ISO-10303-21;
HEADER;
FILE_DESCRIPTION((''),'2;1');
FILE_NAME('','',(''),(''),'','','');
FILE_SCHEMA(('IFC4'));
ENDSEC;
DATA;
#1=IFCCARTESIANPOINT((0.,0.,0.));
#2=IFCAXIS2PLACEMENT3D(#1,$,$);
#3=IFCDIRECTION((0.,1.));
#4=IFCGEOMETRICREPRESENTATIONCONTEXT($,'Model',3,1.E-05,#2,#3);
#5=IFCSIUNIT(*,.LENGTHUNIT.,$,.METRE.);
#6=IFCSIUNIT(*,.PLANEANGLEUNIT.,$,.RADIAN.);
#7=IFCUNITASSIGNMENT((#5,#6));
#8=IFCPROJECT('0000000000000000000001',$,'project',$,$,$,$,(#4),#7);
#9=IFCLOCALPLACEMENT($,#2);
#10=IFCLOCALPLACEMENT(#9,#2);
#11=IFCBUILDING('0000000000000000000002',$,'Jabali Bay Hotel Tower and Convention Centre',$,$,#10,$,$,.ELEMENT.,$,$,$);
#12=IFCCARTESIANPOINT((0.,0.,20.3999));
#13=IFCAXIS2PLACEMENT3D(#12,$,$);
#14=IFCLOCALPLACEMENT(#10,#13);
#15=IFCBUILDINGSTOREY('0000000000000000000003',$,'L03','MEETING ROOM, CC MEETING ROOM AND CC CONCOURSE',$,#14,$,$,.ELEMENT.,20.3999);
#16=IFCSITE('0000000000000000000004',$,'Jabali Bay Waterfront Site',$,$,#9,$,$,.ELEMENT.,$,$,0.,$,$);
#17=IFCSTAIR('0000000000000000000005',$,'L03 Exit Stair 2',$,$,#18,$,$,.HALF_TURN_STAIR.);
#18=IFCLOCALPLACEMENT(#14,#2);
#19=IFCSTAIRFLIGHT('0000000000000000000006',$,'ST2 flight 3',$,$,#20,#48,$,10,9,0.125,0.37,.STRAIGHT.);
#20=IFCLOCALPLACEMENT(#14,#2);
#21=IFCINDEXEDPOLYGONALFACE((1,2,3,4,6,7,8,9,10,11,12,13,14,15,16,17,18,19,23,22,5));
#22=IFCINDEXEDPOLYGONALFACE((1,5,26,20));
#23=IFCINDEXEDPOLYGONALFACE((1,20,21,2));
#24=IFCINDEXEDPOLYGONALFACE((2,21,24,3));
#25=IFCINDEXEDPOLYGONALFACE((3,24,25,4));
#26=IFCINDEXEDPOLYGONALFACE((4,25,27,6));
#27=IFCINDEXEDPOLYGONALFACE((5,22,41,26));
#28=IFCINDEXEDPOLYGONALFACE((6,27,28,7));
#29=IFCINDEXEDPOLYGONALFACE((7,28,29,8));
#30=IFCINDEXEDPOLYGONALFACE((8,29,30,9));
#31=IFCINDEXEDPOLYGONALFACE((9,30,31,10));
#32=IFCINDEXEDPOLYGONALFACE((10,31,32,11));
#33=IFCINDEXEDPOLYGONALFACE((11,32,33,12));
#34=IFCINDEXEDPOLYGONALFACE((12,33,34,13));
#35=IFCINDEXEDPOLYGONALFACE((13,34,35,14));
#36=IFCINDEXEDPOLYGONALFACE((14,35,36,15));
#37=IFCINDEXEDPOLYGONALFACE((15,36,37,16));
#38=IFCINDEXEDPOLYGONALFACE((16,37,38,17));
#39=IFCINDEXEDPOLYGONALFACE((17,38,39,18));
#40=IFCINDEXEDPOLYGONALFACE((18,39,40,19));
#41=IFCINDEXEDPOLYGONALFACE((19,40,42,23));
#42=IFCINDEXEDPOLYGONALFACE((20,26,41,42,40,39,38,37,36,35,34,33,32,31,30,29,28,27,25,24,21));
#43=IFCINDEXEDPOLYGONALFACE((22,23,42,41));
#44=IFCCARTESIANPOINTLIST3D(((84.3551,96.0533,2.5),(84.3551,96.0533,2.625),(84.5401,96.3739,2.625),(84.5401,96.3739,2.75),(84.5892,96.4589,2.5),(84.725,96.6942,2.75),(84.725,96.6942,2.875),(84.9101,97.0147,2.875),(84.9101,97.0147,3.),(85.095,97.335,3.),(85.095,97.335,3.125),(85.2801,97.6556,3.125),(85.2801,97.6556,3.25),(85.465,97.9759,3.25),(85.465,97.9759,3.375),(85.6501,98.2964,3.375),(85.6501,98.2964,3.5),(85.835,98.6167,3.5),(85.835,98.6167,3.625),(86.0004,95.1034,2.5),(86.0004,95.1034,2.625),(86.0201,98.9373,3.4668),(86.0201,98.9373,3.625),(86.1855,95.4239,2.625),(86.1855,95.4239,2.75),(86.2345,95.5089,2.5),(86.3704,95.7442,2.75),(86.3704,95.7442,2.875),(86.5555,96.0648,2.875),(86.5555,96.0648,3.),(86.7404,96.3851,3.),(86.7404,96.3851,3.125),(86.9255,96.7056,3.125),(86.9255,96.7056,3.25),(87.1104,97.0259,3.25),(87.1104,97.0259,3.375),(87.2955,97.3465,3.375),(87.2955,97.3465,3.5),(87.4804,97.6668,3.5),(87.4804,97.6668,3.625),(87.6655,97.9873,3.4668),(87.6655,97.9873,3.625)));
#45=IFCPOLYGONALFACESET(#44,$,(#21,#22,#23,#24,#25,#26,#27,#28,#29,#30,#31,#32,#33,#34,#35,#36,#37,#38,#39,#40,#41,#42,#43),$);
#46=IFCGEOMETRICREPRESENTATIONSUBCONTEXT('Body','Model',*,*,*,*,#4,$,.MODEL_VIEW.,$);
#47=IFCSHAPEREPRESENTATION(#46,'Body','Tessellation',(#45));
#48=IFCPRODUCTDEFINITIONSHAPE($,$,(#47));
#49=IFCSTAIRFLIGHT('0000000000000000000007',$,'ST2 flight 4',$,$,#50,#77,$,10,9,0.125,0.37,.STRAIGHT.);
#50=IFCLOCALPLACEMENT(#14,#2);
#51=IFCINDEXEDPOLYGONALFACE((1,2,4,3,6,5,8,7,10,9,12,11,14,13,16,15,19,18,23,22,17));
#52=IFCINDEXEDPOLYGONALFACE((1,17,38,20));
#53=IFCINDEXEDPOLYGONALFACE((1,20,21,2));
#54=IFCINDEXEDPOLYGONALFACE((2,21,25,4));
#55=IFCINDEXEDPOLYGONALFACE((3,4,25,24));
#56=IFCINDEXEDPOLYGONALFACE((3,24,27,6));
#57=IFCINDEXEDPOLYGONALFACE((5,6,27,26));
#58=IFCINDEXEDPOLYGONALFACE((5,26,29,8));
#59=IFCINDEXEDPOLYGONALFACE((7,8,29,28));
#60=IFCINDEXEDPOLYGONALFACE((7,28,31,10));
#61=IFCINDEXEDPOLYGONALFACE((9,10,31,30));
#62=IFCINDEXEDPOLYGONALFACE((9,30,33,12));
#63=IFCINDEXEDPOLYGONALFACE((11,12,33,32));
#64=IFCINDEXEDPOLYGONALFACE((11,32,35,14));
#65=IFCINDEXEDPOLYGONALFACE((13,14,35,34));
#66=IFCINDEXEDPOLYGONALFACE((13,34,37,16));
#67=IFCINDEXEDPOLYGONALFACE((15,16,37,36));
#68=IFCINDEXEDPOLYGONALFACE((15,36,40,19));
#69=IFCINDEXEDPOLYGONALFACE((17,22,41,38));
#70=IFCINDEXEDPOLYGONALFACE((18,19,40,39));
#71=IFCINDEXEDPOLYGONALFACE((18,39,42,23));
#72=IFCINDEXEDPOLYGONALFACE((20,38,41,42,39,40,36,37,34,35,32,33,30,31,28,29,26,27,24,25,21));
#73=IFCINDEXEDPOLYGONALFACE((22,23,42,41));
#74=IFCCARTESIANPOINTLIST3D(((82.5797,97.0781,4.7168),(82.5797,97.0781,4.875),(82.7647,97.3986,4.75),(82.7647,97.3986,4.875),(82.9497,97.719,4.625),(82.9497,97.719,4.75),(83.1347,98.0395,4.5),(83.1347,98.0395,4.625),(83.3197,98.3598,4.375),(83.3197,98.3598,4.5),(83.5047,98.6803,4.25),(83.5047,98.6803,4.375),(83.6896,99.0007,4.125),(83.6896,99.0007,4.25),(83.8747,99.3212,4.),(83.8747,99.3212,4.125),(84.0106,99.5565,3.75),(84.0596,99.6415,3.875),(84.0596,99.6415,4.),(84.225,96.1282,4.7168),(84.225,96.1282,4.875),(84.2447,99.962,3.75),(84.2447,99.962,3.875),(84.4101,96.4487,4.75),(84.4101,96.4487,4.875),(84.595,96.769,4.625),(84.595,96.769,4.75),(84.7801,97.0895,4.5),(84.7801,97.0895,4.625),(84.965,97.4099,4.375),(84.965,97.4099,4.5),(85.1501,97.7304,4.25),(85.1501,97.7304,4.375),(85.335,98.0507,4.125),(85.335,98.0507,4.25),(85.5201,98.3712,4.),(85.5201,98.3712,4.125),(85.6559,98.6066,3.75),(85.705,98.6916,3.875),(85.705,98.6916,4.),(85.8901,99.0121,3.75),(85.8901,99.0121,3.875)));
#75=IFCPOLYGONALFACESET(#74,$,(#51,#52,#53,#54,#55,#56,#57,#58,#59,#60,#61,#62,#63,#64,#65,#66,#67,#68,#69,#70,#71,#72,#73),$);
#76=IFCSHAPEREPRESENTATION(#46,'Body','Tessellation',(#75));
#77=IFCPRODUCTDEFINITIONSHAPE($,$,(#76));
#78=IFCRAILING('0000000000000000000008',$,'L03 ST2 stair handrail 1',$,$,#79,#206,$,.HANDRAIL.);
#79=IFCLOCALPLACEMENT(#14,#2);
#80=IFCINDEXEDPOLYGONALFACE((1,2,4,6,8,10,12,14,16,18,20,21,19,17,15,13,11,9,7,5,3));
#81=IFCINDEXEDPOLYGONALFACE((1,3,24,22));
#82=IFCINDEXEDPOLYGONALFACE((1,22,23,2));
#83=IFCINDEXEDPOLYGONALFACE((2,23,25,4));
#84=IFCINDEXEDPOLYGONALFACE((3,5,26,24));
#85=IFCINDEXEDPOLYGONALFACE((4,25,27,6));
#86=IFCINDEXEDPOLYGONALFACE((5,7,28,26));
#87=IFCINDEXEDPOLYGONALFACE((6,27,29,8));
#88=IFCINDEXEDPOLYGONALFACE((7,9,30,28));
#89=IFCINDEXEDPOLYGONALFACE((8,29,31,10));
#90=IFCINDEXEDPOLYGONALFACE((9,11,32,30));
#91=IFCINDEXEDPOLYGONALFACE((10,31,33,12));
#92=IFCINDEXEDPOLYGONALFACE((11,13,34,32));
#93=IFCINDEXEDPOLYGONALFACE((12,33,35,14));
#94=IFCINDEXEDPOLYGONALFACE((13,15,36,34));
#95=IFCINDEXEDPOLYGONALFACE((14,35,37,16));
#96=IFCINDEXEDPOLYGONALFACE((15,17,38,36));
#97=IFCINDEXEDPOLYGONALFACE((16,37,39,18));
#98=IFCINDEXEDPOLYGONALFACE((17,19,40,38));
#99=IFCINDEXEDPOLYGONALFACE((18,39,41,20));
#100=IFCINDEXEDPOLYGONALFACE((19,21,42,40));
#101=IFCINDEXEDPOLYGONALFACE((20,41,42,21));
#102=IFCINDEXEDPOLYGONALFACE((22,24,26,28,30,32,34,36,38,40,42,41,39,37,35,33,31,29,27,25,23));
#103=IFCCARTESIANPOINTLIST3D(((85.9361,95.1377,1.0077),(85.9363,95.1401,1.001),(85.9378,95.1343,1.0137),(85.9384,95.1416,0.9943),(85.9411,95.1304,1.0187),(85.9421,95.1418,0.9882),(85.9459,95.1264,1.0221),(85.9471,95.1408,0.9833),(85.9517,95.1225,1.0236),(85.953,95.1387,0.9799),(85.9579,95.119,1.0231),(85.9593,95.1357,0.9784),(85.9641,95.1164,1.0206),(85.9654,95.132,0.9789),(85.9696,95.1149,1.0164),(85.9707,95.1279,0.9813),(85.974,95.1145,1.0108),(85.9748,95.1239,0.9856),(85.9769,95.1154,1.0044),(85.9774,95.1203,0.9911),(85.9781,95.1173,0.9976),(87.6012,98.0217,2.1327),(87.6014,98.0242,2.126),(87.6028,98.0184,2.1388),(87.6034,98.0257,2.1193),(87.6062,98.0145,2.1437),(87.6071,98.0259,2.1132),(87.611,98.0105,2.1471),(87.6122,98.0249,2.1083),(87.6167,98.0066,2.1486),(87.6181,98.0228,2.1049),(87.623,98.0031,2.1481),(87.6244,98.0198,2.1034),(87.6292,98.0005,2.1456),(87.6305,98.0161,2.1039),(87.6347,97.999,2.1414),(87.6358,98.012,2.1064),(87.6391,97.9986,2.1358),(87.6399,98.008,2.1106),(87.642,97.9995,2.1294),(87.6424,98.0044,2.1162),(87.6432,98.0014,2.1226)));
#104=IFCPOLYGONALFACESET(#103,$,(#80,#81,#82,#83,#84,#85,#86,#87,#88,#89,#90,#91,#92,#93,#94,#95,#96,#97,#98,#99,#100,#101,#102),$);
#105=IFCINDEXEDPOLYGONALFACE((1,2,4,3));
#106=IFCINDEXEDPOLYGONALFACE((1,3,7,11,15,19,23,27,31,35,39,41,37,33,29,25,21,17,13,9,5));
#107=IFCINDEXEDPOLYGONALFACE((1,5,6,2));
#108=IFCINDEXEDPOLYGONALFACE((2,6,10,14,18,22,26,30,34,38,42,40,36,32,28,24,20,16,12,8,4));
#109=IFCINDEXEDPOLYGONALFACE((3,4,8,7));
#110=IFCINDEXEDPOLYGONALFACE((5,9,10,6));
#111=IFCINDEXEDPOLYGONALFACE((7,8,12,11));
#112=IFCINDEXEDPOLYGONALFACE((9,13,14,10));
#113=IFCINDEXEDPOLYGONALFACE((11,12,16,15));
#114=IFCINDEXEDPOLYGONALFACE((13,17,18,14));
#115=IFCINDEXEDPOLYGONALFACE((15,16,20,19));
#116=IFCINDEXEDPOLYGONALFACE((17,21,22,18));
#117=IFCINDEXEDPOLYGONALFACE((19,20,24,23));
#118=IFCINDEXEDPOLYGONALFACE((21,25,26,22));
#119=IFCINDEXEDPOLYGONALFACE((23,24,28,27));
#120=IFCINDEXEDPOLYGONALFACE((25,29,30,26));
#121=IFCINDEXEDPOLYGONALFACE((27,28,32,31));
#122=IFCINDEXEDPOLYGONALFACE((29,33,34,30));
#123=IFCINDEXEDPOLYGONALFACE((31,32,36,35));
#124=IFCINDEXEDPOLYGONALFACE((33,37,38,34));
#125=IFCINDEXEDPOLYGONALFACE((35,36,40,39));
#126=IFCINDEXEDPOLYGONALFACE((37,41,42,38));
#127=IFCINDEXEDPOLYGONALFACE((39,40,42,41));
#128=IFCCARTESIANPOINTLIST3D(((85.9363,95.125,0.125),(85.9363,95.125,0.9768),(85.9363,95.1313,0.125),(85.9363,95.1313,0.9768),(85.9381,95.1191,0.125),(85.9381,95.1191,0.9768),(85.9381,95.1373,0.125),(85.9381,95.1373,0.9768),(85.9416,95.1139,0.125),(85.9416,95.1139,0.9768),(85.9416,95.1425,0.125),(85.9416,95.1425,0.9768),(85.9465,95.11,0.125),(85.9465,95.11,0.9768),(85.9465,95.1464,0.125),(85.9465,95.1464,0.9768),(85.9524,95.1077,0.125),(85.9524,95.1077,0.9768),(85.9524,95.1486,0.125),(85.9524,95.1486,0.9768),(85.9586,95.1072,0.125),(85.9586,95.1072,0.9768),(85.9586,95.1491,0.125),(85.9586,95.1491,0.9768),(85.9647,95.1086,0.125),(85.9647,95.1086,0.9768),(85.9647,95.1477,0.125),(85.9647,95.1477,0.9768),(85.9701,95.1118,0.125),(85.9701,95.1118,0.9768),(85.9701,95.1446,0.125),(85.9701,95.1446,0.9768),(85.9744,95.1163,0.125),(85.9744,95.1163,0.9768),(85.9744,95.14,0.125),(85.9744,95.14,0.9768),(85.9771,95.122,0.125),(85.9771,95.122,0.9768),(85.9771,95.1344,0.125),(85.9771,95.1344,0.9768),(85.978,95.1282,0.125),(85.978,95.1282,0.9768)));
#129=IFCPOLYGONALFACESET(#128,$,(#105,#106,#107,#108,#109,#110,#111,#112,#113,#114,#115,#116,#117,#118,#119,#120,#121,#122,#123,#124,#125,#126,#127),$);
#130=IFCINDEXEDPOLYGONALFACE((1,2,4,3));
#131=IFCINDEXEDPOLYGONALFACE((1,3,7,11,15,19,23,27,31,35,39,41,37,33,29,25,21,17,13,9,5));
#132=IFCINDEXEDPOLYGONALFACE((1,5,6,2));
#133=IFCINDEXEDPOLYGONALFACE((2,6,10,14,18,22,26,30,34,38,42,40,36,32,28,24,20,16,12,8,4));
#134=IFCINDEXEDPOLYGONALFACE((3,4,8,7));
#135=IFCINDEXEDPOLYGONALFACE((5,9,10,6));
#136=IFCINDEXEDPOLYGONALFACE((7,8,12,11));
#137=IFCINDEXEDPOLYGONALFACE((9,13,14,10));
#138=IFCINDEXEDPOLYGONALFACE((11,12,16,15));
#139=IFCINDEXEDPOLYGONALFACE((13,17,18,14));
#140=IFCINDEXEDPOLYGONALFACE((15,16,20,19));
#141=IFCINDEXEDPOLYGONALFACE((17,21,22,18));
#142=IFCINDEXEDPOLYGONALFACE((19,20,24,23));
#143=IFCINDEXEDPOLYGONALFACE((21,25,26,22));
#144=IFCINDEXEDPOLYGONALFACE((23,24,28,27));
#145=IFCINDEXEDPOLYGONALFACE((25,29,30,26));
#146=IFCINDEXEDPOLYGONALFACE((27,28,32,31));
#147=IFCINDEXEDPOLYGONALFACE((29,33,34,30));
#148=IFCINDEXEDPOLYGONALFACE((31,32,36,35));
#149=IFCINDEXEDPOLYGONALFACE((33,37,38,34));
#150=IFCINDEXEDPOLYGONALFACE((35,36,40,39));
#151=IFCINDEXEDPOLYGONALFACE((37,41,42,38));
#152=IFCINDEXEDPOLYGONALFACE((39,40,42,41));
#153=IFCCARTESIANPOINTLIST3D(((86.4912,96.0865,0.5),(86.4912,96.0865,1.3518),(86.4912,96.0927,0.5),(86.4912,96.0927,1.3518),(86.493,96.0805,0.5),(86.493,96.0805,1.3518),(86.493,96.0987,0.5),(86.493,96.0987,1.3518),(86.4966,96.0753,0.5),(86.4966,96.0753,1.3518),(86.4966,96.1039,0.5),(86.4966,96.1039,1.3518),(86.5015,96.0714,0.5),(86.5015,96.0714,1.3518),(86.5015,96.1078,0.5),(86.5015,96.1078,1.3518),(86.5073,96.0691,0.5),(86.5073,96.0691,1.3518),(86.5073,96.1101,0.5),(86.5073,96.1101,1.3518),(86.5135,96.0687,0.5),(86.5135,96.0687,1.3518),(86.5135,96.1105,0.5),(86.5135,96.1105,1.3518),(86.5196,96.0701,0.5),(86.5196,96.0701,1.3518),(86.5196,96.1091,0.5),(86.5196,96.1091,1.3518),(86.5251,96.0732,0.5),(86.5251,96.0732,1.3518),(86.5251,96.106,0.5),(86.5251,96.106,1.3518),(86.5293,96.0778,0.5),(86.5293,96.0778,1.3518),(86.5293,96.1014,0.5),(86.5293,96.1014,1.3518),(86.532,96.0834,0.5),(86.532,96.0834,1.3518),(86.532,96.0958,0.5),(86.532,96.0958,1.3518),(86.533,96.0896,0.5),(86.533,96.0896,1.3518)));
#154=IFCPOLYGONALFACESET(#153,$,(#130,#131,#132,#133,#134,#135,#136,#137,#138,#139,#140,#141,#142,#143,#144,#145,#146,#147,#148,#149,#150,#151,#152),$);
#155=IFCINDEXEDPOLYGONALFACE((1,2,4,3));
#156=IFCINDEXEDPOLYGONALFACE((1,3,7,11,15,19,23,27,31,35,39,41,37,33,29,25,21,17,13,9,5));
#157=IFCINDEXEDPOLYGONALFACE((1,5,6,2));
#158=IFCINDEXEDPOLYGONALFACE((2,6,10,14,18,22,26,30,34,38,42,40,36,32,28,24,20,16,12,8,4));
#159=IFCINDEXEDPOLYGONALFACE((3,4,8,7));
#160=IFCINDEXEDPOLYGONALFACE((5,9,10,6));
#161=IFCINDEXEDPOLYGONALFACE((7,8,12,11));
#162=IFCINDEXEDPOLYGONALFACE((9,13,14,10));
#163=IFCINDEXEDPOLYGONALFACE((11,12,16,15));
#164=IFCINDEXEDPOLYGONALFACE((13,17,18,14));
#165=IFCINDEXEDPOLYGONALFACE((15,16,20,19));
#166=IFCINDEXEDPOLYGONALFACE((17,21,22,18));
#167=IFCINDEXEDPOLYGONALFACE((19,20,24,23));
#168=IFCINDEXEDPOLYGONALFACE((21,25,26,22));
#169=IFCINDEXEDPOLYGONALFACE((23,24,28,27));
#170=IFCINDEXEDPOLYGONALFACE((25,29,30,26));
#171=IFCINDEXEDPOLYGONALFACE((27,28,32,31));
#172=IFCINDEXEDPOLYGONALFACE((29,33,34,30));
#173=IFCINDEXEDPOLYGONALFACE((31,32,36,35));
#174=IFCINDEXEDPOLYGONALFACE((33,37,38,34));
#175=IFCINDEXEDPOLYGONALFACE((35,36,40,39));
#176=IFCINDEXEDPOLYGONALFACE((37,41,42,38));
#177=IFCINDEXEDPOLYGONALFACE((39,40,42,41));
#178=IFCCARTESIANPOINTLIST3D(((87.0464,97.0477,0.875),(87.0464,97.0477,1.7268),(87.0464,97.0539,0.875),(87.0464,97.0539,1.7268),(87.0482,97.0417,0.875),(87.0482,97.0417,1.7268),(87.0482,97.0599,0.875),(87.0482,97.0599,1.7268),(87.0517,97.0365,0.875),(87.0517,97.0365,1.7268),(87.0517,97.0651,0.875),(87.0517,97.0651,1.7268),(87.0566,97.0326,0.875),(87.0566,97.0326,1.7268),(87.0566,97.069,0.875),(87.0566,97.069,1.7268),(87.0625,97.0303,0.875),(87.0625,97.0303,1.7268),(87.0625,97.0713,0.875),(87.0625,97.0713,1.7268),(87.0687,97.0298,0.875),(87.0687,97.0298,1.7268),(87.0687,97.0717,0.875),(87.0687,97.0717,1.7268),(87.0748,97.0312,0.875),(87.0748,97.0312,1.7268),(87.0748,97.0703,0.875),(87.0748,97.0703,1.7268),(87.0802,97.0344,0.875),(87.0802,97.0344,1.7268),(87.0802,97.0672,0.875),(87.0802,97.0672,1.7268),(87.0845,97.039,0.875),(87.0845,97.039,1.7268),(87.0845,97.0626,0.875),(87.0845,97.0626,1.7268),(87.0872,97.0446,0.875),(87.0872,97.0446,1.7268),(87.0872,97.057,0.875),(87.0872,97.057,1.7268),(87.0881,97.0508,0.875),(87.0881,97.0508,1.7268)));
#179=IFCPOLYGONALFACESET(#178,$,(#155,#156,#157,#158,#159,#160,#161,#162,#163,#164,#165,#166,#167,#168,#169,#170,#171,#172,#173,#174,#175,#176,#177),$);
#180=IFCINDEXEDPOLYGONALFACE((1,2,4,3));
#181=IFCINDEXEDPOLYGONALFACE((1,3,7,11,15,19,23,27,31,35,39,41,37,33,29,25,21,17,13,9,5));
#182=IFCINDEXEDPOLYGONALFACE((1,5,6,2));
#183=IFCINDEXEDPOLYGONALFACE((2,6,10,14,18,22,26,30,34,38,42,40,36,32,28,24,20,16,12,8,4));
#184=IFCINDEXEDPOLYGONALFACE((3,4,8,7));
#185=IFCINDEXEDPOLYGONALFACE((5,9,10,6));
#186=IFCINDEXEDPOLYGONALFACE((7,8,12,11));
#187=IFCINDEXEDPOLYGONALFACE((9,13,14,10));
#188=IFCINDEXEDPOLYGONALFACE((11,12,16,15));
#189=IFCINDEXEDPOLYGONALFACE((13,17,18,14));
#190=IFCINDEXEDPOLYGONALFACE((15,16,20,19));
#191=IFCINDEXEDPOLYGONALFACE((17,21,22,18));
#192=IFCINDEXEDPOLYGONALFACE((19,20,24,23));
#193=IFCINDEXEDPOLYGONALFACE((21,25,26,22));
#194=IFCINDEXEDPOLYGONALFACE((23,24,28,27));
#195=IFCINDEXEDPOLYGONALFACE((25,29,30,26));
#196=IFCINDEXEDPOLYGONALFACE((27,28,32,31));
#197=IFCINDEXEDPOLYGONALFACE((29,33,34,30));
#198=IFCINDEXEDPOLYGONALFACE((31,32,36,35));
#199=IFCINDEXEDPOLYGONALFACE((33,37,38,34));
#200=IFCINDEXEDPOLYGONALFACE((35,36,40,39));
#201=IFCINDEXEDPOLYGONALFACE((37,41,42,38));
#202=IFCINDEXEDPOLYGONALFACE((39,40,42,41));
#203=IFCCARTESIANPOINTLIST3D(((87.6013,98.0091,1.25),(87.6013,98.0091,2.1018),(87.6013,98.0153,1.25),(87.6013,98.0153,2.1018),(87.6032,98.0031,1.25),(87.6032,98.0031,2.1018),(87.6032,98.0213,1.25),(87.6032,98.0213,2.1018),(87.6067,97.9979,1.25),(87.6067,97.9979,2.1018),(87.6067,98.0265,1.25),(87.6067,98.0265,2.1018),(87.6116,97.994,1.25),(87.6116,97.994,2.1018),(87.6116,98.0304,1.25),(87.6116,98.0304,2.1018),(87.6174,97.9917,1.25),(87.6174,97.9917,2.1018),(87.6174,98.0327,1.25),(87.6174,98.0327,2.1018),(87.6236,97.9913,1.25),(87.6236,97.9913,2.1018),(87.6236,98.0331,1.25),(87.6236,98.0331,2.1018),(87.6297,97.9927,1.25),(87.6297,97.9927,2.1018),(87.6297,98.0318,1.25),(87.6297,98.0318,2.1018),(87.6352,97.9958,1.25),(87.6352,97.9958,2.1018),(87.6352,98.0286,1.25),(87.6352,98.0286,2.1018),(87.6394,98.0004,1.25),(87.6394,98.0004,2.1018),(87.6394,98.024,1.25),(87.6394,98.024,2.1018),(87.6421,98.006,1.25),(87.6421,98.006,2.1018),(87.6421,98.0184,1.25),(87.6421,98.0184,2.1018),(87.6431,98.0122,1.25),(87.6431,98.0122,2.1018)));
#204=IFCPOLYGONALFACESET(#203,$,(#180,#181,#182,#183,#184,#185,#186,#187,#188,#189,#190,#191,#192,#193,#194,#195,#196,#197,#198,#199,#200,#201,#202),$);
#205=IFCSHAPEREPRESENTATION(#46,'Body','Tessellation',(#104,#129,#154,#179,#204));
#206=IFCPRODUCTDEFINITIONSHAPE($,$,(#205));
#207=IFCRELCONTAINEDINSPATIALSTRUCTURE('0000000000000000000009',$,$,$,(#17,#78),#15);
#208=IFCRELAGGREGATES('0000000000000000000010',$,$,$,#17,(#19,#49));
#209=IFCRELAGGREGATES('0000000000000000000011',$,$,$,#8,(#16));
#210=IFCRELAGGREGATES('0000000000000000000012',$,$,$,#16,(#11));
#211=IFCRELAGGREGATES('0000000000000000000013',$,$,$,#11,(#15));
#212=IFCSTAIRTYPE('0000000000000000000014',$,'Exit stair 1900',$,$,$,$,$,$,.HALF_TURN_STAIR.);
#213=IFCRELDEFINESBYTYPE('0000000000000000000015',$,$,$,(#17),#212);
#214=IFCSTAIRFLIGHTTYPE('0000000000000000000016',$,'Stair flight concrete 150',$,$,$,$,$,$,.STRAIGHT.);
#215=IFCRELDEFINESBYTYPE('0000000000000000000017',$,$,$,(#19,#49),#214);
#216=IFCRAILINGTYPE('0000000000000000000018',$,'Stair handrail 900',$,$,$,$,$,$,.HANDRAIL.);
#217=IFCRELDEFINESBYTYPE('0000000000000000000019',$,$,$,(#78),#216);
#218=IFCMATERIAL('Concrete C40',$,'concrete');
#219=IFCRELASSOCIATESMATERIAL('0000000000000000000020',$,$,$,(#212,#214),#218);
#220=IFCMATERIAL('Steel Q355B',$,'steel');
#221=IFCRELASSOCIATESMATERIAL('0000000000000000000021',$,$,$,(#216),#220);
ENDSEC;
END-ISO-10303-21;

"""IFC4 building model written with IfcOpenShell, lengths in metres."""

from ifc_helpers import new_model, si_unit, direction, frame, origin, origin_2d, place, context, subcontext, project, spatial, polyline, circle, outline, extrude, material, type_object, element, aggregate, save


model = new_model("IFC4")

# Units and contexts
model_context = context("Model", 3, precision=1e-05, world=origin(), true_north=direction((0.0, 1.0)))
body_context = subcontext(model_context, "Body", "Model", "MODEL_VIEW")
ifc_project = project(units=[si_unit("LENGTHUNIT", "METRE"), si_unit("PLANEANGLEUNIT", "RADIAN")], contexts=[model_context])

# Site, building, storey
site_placement = place(None, origin())
site = spatial("IfcSite", under=ifc_project, at=site_placement, Name="Jabali Bay Waterfront Site", CompositionType="ELEMENT", RefElevation=0.0)
building_placement = place(site_placement, origin())
building = spatial("IfcBuilding", under=site, at=building_placement, Name="Jabali Bay Hotel Tower and Convention Centre", CompositionType="ELEMENT")
storey_placement = place(building_placement, frame((0.0, 0.0, 20.3999)))
storey = spatial("IfcBuildingStorey", under=building, at=storey_placement, Name="L03", Description="MEETING ROOM, CC MEETING ROOM AND CC CONCOURSE", CompositionType="ELEMENT", Elevation=20.3999)

# Shared definitions
ifc_material_1 = material(Name="Concrete C40", Category="concrete")

# Stair, stair flights
stair_type = type_object("IfcStairType", Name="Exit stair 1900", PredefinedType="HALF_TURN_STAIR", material=ifc_material_1)
stair_placement = place(storey_placement, origin())
stair = element("IfcStair", 1, at=stair_placement, inside=storey, type_object=stair_type, Name="L03 Exit Stair 2", PredefinedType="HALF_TURN_STAIR")
stair_flight_type = type_object("IfcStairFlightType", Name="Stair flight concrete 150", PredefinedType="STRAIGHT", material=ifc_material_1)
stair_flight_1_placement = place(storey_placement, frame((85.1777, 95.5784, 2.5), z_axis=(0.0, 0.0, 1.0), x_axis=(0.5, 0.866025, 0.0)))
stair_flight_1 = element("IfcStairFlight", 2, at=stair_flight_1_placement, type_object=stair_flight_type, Name="ST2 flight 3", NumberOfRisers=10, NumberOfTreads=9, PredefinedType="STRAIGHT", RiserHeight=0.125, TreadLength=0.37, context=body_context, shape_type="SweptSolid", body=[
    extrude(outline(polyline([(0.0, 0.0), (0.0, 0.125), (0.3701, 0.125), (0.3701, 0.25), (0.74, 0.25), (0.74, 0.375), (1.1101, 0.375), (1.1101, 0.5), (1.48, 0.5), (1.48, 0.625), (1.8501, 0.625), (1.8501, 0.75), (2.22, 0.75), (2.22, 0.875), (2.5901, 0.875), (2.5901, 1.0), (2.96, 1.0), (2.96, 1.125), (3.3301, 1.125), (3.3301, 1.25), (3.3301, 0.9668), (0.4683, 0.0), (0.0, 0.0)])), frame((0.0, 0.95, 0.0), z_axis=(0.0, -1.0, 0.0), x_axis=(1.0, 0.0, 0.0)), (0.0, 0.0, 1.0), 1.8999),
])
stair_flight_2_placement = place(storey_placement, frame((85.0674, 99.4871, 3.75), z_axis=(0.0, 0.0, 1.0), x_axis=(-0.5, -0.866025, 0.0)))
stair_flight_2 = element("IfcStairFlight", 3, at=stair_flight_2_placement, type_object=stair_flight_type, Name="ST2 flight 4", NumberOfRisers=10, NumberOfTreads=9, PredefinedType="STRAIGHT", RiserHeight=0.125, TreadLength=0.37, context=body_context, shape_type="SweptSolid", body=[
    extrude(outline(polyline([(0.0, 0.0), (0.0, 0.125), (0.3701, 0.125), (0.3701, 0.25), (0.74, 0.25), (0.74, 0.375), (1.1101, 0.375), (1.1101, 0.5), (1.48, 0.5), (1.48, 0.625), (1.8501, 0.625), (1.8501, 0.75), (2.22, 0.75), (2.22, 0.875), (2.5901, 0.875), (2.5901, 1.0), (2.96, 1.0), (2.96, 1.125), (3.3301, 1.125), (3.3301, 1.25), (3.3301, 0.9668), (0.4683, 0.0), (0.0, 0.0)])), frame((0.0, 0.95, 0.0), z_axis=(0.0, -1.0, 0.0), x_axis=(1.0, 0.0, 0.0)), (0.0, 0.0, 1.0), 1.8999),
])
aggregate(stair, [stair_flight_1, stair_flight_2])

# Railing
ifc_material_2 = material(Name="Steel Q355B", Category="steel")
railing_type_1 = type_object("IfcRailingType", Name="Stair handrail 900", PredefinedType="HANDRAIL", material=ifc_material_2)
railing_1_placement = place(storey_placement, frame((85.957, 95.1282, 0.125)))
element("IfcRailing", 4, at=railing_1_placement, inside=storey, type_object=railing_type_1, Name="L03 ST2 stair handrail 1", PredefinedType="HANDRAIL", context=body_context, shape_type="SweptSolid", body=[
    extrude(circle(Radius=0.0239, at=origin_2d()), frame((0.0, 0.0, 0.876), z_axis=(0.473688, 0.82048, 0.320052), x_axis=(-0.866033, 0.499987, 0.0)), (0.0, 0.0, 1.0), 3.5151),
    extrude(circle(Radius=0.021, at=origin_2d()), origin(), (0.0, 0.0, 1.0), 0.8518),
    extrude(circle(Radius=0.021, at=origin_2d()), frame((0.5549, 0.9614, 0.375)), (0.0, 0.0, 1.0), 0.8518),
    extrude(circle(Radius=0.021, at=origin_2d()), frame((1.1101, 1.9226, 0.75)), (0.0, 0.0, 1.0), 0.8518),
    extrude(circle(Radius=0.021, at=origin_2d()), frame((1.665, 2.884, 1.125)), (0.0, 0.0, 1.0), 0.8518),
])

save(model, "model.ifc")
